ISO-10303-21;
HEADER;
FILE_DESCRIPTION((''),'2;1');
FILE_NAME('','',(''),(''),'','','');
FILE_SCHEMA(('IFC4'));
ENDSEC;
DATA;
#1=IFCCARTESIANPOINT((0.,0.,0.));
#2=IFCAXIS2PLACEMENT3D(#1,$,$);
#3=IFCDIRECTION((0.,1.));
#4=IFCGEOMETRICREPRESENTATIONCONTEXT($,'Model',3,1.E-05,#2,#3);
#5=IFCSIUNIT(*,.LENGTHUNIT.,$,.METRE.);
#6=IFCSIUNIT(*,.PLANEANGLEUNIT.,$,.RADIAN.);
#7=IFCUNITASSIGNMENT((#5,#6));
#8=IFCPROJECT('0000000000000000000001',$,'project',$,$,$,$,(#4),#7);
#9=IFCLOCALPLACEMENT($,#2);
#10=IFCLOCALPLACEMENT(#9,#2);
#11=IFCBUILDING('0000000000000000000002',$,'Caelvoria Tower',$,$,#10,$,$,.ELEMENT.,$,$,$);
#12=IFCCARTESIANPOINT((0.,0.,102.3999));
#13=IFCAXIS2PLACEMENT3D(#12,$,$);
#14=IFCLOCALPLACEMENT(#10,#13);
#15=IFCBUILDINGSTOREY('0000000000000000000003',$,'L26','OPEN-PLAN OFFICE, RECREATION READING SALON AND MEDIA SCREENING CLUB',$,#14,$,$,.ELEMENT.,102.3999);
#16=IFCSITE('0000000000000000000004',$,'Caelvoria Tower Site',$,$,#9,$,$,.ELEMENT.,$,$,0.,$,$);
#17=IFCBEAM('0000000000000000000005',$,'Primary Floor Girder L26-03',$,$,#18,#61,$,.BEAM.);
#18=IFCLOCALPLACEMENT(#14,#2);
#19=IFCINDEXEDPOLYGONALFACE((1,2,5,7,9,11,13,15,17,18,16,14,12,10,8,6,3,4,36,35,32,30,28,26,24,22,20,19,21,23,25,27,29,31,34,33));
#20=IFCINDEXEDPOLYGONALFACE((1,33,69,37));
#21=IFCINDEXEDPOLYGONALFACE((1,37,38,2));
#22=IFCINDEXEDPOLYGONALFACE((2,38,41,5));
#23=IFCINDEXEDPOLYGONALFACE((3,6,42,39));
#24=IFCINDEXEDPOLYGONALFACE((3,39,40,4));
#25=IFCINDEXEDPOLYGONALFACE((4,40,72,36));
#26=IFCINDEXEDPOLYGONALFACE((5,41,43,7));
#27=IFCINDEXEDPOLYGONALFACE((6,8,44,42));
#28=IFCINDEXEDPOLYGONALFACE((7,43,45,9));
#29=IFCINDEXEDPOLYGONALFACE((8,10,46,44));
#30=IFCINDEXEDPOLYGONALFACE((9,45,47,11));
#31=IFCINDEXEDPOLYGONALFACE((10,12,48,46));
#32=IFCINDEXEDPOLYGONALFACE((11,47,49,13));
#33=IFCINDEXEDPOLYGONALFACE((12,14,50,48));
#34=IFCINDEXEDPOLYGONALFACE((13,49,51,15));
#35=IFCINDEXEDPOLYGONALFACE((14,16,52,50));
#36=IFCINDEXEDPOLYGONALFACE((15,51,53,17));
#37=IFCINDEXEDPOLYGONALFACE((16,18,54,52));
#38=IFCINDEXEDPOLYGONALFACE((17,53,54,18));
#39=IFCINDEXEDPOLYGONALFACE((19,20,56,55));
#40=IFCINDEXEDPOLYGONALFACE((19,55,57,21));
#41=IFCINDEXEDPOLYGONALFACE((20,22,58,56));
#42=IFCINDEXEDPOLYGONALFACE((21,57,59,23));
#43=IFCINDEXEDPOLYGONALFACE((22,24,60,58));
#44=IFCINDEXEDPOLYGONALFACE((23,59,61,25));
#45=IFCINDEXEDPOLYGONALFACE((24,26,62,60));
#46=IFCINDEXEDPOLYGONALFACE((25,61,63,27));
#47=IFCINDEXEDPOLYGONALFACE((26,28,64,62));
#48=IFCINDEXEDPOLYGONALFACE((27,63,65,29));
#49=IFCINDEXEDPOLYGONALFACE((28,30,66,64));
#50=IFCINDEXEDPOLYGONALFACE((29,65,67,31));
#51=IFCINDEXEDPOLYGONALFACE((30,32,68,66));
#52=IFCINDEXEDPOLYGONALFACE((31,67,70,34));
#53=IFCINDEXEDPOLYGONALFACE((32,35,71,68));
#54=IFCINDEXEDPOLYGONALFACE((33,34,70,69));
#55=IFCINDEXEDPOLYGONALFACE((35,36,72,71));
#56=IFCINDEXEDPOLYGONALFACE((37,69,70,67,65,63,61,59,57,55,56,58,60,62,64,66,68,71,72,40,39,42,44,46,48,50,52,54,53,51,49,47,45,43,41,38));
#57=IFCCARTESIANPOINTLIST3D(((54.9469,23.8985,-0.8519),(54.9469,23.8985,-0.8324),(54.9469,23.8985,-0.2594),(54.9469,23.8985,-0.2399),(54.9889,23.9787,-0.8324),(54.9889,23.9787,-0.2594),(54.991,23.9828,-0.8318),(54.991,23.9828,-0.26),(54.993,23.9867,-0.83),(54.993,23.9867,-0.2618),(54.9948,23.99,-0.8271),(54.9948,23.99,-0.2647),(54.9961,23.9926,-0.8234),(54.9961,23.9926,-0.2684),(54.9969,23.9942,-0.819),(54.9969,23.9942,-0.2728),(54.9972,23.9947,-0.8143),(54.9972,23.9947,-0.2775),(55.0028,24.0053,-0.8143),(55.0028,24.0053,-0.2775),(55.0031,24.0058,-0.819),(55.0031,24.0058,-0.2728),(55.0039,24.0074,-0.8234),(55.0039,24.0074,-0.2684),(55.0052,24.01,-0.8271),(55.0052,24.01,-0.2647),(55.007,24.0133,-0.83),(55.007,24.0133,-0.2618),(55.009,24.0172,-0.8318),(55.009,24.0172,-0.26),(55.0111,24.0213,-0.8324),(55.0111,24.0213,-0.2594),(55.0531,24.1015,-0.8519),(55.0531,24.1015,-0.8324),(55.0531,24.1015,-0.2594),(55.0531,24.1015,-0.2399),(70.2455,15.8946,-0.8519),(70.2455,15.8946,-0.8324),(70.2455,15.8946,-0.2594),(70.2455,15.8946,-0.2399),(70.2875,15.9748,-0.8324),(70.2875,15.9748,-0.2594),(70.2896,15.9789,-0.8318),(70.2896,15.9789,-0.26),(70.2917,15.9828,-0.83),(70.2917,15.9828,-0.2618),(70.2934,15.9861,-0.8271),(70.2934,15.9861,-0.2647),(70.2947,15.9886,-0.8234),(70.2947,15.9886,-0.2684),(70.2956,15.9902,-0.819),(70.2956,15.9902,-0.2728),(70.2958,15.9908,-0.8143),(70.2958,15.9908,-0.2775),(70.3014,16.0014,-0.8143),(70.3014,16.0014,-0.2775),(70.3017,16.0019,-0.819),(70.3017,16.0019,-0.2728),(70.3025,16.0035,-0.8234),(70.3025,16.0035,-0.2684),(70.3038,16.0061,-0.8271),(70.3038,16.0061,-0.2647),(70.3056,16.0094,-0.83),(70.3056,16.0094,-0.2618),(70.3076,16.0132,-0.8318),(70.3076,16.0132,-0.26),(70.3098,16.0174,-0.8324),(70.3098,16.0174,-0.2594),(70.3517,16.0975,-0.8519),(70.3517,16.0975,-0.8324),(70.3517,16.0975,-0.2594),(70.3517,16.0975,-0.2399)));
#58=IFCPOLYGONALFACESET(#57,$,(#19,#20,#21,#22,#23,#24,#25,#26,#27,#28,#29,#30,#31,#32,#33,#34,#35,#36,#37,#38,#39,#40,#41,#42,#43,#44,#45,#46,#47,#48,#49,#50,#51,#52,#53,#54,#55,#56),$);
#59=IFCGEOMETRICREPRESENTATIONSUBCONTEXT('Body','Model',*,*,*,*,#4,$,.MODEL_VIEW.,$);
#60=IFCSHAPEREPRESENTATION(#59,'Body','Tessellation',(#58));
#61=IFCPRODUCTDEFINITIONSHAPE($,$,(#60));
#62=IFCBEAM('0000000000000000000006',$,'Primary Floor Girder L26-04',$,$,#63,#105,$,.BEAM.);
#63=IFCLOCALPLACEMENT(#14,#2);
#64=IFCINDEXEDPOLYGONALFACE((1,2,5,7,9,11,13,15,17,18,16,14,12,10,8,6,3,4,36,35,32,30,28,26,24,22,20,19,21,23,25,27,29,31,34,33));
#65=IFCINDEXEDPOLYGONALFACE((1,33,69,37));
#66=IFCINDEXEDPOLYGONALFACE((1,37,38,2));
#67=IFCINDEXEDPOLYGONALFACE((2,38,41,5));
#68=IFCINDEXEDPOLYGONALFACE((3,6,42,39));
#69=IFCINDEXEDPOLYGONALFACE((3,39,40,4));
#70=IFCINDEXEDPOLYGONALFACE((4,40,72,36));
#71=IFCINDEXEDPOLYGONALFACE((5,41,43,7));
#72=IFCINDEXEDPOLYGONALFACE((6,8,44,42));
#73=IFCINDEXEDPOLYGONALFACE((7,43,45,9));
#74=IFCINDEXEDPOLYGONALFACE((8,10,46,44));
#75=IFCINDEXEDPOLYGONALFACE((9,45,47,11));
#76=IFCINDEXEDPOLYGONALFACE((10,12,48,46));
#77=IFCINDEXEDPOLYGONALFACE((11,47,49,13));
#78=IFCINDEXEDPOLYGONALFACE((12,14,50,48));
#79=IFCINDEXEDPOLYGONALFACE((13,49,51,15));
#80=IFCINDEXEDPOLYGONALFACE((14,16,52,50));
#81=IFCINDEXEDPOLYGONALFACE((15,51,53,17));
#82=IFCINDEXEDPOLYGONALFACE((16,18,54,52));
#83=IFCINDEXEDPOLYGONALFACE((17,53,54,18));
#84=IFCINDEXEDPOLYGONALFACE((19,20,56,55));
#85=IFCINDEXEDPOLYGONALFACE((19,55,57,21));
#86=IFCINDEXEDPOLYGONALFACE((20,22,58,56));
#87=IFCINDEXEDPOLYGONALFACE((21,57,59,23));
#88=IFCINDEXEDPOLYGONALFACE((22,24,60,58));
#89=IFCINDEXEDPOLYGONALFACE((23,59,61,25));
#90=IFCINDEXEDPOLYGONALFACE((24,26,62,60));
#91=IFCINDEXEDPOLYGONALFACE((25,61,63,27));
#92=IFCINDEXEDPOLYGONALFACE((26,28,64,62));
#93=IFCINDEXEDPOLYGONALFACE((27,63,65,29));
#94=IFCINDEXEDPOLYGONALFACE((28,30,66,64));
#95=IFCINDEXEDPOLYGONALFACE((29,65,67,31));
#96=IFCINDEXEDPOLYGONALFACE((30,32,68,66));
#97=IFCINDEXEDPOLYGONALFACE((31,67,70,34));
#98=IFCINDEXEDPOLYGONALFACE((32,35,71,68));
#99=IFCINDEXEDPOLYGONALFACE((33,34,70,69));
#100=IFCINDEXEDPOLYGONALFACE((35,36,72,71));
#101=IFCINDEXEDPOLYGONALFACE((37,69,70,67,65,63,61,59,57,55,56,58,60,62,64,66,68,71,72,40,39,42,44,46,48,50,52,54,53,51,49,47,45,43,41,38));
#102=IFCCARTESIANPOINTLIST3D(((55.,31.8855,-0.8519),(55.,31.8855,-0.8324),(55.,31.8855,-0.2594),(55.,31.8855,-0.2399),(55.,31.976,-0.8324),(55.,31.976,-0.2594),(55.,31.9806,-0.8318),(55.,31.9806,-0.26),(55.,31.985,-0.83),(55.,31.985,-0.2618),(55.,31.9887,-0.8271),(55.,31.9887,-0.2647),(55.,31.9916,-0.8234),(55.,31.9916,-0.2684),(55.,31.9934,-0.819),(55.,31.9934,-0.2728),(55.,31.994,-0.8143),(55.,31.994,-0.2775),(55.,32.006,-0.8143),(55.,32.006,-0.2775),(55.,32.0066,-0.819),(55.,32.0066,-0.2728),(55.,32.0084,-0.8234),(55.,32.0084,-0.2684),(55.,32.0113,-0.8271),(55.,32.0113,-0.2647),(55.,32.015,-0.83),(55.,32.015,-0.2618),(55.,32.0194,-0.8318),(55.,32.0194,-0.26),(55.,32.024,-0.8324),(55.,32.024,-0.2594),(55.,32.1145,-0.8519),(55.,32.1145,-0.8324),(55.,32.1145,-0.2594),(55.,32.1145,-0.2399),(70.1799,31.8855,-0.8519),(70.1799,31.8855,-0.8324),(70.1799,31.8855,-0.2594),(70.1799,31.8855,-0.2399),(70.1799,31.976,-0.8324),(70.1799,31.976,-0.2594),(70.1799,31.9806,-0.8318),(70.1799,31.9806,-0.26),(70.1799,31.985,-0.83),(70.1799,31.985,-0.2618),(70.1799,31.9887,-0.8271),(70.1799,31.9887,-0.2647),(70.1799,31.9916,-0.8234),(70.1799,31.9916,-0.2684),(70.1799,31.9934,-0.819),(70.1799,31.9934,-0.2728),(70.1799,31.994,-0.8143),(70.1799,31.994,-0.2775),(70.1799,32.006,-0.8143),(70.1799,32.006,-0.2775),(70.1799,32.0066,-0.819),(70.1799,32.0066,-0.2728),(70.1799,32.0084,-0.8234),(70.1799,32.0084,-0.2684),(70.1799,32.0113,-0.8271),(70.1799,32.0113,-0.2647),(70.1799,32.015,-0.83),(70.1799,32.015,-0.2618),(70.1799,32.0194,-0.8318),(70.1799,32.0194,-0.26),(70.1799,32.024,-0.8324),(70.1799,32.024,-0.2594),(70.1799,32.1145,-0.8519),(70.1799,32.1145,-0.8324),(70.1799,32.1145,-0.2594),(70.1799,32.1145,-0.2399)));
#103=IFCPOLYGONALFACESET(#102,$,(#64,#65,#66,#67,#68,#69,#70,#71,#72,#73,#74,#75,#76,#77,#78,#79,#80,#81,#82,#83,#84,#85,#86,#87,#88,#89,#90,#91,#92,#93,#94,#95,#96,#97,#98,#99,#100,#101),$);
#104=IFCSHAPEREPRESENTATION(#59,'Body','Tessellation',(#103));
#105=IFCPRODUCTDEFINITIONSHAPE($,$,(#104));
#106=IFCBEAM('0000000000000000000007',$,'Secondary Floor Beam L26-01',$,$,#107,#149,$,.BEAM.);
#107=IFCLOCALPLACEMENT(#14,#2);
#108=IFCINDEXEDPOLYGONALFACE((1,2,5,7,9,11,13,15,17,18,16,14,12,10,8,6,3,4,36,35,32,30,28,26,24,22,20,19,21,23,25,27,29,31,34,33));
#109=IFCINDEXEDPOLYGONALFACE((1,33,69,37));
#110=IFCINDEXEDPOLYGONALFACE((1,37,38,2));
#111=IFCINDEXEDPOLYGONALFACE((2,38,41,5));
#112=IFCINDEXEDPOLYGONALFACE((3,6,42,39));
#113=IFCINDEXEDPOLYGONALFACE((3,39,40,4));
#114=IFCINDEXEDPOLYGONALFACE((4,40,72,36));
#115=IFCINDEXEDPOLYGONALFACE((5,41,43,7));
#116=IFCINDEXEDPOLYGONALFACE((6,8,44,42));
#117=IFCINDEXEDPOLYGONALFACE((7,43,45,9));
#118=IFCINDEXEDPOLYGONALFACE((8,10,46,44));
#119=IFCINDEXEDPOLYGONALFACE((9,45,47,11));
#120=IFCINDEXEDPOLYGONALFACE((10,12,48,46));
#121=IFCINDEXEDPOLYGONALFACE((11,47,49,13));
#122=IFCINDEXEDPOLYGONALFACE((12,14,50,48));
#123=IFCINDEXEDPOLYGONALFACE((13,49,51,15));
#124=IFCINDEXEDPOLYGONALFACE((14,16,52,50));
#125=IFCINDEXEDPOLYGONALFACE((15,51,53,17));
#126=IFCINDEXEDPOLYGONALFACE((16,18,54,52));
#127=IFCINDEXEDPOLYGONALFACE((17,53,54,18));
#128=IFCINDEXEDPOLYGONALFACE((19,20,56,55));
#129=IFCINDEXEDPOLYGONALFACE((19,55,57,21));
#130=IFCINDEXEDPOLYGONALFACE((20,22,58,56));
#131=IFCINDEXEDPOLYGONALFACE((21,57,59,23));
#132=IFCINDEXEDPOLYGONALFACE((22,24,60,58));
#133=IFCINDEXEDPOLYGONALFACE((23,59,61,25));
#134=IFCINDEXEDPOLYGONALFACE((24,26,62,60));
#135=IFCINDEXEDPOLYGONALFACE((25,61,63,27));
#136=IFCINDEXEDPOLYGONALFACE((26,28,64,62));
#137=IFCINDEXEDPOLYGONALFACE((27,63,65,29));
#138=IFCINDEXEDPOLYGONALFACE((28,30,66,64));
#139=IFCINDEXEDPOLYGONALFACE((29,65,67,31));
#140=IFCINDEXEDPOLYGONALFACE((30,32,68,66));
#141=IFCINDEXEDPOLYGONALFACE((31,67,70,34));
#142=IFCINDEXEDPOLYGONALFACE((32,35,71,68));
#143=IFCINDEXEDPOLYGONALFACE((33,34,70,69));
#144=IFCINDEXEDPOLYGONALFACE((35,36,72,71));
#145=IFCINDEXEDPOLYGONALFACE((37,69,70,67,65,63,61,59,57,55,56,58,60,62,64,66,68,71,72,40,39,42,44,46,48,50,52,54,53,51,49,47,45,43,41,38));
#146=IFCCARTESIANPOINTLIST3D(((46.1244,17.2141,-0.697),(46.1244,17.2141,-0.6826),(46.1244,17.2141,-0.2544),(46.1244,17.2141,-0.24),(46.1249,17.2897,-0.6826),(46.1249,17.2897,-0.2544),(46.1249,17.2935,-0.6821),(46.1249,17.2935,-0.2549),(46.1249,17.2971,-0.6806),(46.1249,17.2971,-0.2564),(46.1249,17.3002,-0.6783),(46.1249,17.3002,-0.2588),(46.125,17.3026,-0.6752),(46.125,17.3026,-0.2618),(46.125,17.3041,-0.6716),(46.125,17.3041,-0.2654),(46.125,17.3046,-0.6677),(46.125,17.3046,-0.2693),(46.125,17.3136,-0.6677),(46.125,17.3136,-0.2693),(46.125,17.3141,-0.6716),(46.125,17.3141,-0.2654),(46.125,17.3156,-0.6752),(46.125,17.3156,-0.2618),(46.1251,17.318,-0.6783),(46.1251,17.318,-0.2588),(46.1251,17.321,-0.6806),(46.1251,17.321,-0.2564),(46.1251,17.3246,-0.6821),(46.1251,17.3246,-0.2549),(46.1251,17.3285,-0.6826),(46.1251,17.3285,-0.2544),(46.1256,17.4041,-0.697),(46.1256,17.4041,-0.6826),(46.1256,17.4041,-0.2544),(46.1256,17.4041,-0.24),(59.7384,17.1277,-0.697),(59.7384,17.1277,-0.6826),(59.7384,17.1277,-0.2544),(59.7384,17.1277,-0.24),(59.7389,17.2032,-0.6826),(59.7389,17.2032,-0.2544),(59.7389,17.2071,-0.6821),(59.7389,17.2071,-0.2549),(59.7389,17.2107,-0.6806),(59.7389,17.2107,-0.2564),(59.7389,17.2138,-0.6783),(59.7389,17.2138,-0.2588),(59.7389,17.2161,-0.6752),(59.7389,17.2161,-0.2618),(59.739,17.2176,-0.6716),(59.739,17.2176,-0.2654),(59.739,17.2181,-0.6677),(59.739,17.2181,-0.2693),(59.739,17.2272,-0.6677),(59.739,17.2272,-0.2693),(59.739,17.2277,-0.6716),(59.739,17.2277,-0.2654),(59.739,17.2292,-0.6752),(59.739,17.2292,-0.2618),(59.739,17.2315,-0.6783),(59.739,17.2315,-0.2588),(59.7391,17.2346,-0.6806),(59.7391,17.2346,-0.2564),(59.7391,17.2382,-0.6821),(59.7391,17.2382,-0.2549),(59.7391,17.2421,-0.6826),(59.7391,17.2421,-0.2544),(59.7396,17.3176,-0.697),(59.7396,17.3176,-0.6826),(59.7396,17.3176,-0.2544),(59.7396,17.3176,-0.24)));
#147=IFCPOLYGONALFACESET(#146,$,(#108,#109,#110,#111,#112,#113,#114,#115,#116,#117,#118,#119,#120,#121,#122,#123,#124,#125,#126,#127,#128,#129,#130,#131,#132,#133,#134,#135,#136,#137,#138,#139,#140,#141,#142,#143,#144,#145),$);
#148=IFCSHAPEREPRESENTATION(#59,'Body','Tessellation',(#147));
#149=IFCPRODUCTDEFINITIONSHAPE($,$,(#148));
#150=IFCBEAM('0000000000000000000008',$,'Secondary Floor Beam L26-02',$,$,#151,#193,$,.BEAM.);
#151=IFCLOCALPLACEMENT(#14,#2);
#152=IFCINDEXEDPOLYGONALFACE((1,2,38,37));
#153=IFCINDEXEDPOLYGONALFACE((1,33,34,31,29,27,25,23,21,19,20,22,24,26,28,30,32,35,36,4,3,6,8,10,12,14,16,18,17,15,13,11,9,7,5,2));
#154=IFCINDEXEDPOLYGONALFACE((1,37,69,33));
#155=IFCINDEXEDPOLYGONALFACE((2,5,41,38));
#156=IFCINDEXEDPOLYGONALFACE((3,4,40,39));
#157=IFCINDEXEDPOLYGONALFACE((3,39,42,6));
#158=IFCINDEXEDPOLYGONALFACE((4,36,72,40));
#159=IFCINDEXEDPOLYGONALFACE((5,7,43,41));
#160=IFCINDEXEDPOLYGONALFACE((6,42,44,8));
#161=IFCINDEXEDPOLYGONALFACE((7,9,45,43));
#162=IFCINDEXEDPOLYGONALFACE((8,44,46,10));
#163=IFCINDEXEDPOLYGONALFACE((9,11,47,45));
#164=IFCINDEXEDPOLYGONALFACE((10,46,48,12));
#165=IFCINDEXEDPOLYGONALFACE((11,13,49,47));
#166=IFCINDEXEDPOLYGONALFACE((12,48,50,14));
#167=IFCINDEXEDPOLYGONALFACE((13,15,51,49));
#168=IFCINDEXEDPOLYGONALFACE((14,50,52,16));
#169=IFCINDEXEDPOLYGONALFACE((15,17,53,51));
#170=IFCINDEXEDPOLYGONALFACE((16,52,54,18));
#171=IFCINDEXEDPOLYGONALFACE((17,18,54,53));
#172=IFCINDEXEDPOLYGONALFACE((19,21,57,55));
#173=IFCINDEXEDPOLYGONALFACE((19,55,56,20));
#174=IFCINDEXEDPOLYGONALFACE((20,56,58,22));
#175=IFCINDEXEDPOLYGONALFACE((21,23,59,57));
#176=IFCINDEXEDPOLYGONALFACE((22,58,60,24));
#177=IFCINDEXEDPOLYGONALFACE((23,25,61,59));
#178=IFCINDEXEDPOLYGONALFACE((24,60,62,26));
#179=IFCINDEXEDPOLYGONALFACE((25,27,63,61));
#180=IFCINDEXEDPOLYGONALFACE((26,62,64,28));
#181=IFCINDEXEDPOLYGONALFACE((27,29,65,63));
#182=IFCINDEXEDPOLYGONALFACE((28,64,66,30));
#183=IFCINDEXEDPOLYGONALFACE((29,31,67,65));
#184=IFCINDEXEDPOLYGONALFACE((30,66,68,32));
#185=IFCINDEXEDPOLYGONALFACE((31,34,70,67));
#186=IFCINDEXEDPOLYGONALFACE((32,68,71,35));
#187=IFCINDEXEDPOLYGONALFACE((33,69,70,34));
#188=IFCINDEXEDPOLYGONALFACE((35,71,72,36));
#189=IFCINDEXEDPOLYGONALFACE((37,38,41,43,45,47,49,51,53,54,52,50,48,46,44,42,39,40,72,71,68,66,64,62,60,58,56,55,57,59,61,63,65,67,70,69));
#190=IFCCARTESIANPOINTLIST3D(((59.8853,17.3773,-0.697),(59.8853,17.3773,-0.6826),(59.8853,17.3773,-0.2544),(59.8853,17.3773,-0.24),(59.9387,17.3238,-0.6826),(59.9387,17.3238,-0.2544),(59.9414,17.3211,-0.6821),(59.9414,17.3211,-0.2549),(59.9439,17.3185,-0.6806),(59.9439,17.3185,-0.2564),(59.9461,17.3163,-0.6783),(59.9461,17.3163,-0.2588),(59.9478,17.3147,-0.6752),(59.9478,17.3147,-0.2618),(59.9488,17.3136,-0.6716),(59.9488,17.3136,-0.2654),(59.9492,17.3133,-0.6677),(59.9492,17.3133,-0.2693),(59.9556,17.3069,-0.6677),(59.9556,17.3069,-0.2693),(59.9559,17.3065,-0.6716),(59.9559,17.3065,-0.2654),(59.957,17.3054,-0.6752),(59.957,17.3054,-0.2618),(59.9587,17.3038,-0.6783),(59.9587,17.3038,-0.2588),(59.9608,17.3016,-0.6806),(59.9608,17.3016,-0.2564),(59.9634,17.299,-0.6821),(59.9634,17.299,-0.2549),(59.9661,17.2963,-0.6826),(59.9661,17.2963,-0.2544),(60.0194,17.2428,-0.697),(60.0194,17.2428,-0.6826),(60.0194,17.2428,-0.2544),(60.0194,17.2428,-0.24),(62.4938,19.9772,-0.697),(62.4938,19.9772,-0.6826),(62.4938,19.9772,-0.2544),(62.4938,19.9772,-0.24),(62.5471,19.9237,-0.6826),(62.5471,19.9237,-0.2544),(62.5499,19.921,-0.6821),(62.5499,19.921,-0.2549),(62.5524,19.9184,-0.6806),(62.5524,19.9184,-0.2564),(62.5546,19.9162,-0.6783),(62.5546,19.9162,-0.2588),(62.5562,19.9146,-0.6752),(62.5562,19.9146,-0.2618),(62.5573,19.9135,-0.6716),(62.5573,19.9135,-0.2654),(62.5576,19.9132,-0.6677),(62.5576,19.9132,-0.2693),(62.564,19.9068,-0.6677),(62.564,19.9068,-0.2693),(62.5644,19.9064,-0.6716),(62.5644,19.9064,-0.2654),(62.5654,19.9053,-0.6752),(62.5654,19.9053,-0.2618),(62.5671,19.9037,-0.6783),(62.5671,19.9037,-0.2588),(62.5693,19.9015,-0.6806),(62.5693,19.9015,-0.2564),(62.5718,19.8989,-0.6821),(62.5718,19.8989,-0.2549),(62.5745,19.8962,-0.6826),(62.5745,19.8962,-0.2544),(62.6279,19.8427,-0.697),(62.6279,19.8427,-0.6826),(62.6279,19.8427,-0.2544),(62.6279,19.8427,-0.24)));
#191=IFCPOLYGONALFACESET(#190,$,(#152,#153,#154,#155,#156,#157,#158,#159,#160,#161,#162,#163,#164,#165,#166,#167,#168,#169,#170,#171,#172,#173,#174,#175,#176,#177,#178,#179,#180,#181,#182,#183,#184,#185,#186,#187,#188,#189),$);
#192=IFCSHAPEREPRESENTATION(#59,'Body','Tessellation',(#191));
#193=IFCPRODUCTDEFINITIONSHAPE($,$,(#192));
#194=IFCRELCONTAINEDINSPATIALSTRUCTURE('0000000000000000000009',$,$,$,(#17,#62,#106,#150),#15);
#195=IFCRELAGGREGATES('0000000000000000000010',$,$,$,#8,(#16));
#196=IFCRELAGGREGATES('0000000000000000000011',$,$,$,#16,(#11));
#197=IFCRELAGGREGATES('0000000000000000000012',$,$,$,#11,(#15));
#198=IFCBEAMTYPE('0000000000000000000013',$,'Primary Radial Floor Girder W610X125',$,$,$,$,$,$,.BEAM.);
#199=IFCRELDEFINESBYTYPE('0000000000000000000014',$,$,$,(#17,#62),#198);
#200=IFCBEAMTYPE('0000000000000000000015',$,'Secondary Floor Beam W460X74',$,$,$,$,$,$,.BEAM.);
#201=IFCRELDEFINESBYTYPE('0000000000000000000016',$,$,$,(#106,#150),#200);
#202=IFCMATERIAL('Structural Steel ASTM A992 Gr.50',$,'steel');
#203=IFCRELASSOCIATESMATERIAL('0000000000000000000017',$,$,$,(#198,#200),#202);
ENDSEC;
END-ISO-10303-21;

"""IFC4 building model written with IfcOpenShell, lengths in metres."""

from ifc_helpers import new_model, si_unit, direction, frame, origin, origin_2d, place, context, subcontext, project, spatial, i_section, extrude, material, material_profile, profile_set, type_object, element, save


model = new_model("IFC4")

# Units and contexts
model_context = context("Model", 3, precision=1e-05, world=origin(), true_north=direction((0.0, 1.0)))
body_context = subcontext(model_context, "Body", "Model", "MODEL_VIEW")
ifc_project = project(units=[si_unit("LENGTHUNIT", "METRE"), si_unit("PLANEANGLEUNIT", "RADIAN")], contexts=[model_context])

# Site, building, storey
site_placement = place(None, origin())
site = spatial("IfcSite", under=ifc_project, at=site_placement, Name="Caelvoria Tower Site", CompositionType="ELEMENT", RefElevation=0.0)
building_placement = place(site_placement, origin())
building = spatial("IfcBuilding", under=site, at=building_placement, Name="Caelvoria Tower", CompositionType="ELEMENT")
storey_placement = place(building_placement, frame((0.0, 0.0, 102.3999)))
storey = spatial("IfcBuildingStorey", under=building, at=storey_placement, Name="L26", Description="OPEN-PLAN OFFICE, RECREATION READING SALON AND MEDIA SCREENING CLUB", CompositionType="ELEMENT", Elevation=102.3999)

# Beams
ifc_material_1 = material(Name="Structural Steel ASTM A992 Gr.50", Category="steel")
ifc_material_profile_1 = material_profile(ifc_material_1, i_section(OverallWidth=0.229, OverallDepth=0.6121, WebThickness=0.012, FlangeThickness=0.0195, FilletRadius=0.0181, at=origin_2d()), Name="Structural Steel ASTM A992 Gr.50")
ifc_profile_set_1 = profile_set([ifc_material_profile_1], Name="W610X125 - Structural Steel ASTM A992 Gr.50")
beam_type_1 = type_object("IfcBeamType", Name="Primary Radial Floor Girder W610X125", PredefinedType="BEAM", material=ifc_profile_set_1)
beam_1_placement = place(storey_placement, frame((55.0, 24.0, -0.5459), z_axis=(0.886061, -0.463569, 0.0), x_axis=(0.463569, 0.886061, 0.0)))
element("IfcBeam", 1, at=beam_1_placement, inside=storey, type_object=beam_type_1, Name="Primary Floor Girder L26-03", PredefinedType="BEAM", context=body_context, shape_type="SweptSolid", body=[
    extrude(i_section(OverallWidth=0.229, OverallDepth=0.6121, WebThickness=0.012, FlangeThickness=0.0195, FilletRadius=0.0181, at=origin_2d()), origin(), (0.0, 0.0, 1.0), 17.2659),
])
beam_2_placement = place(storey_placement, frame((55.0, 32.0, -0.5459), z_axis=(1.0, 0.0, 0.0), x_axis=(0.0, 1.0, 0.0)))
element("IfcBeam", 2, at=beam_2_placement, inside=storey, type_object=beam_type_1, Name="Primary Floor Girder L26-04", PredefinedType="BEAM", context=body_context, shape_type="SweptSolid", body=[
    extrude(i_section(OverallWidth=0.229, OverallDepth=0.6121, WebThickness=0.012, FlangeThickness=0.0195, FilletRadius=0.0181, at=origin_2d()), origin(), (0.0, 0.0, 1.0), 15.1799),
])
ifc_material_profile_2 = material_profile(ifc_material_1, i_section(OverallWidth=0.1899, OverallDepth=0.457, WebThickness=0.009, FlangeThickness=0.0144, FilletRadius=0.0149, at=origin_2d()), Name="Structural Steel ASTM A992 Gr.50")
ifc_profile_set_2 = profile_set([ifc_material_profile_2], Name="W460X74 - Structural Steel ASTM A992 Gr.50")
beam_type_2 = type_object("IfcBeamType", Name="Secondary Floor Beam W460X74", PredefinedType="BEAM", material=ifc_profile_set_2)
beam_3_placement = place(storey_placement, frame((46.125, 17.3091, -0.4685), z_axis=(0.99998, -0.006348, 0.0), x_axis=(0.006348, 0.99998, 0.0)))
element("IfcBeam", 3, at=beam_3_placement, inside=storey, type_object=beam_type_2, Name="Secondary Floor Beam L26-01", PredefinedType="BEAM", context=body_context, shape_type="SweptSolid", body=[
    extrude(i_section(OverallWidth=0.1899, OverallDepth=0.457, WebThickness=0.009, FlangeThickness=0.0144, FilletRadius=0.0149, at=origin_2d()), origin(), (0.0, 0.0, 1.0), 13.6143),
])
beam_4_placement = place(storey_placement, frame((59.9524, 17.3101, -0.4685), z_axis=(0.708266, 0.705946, 0.0), x_axis=(-0.705946, 0.708266, 0.0)))
element("IfcBeam", 4, at=beam_4_placement, inside=storey, type_object=beam_type_2, Name="Secondary Floor Beam L26-02", PredefinedType="BEAM", context=body_context, shape_type="SweptSolid", body=[
    extrude(i_section(OverallWidth=0.1899, OverallDepth=0.457, WebThickness=0.009, FlangeThickness=0.0144, FilletRadius=0.0149, at=origin_2d()), origin(), (0.0, 0.0, 1.0), 3.6829),
])

save(model, "model.ifc")
